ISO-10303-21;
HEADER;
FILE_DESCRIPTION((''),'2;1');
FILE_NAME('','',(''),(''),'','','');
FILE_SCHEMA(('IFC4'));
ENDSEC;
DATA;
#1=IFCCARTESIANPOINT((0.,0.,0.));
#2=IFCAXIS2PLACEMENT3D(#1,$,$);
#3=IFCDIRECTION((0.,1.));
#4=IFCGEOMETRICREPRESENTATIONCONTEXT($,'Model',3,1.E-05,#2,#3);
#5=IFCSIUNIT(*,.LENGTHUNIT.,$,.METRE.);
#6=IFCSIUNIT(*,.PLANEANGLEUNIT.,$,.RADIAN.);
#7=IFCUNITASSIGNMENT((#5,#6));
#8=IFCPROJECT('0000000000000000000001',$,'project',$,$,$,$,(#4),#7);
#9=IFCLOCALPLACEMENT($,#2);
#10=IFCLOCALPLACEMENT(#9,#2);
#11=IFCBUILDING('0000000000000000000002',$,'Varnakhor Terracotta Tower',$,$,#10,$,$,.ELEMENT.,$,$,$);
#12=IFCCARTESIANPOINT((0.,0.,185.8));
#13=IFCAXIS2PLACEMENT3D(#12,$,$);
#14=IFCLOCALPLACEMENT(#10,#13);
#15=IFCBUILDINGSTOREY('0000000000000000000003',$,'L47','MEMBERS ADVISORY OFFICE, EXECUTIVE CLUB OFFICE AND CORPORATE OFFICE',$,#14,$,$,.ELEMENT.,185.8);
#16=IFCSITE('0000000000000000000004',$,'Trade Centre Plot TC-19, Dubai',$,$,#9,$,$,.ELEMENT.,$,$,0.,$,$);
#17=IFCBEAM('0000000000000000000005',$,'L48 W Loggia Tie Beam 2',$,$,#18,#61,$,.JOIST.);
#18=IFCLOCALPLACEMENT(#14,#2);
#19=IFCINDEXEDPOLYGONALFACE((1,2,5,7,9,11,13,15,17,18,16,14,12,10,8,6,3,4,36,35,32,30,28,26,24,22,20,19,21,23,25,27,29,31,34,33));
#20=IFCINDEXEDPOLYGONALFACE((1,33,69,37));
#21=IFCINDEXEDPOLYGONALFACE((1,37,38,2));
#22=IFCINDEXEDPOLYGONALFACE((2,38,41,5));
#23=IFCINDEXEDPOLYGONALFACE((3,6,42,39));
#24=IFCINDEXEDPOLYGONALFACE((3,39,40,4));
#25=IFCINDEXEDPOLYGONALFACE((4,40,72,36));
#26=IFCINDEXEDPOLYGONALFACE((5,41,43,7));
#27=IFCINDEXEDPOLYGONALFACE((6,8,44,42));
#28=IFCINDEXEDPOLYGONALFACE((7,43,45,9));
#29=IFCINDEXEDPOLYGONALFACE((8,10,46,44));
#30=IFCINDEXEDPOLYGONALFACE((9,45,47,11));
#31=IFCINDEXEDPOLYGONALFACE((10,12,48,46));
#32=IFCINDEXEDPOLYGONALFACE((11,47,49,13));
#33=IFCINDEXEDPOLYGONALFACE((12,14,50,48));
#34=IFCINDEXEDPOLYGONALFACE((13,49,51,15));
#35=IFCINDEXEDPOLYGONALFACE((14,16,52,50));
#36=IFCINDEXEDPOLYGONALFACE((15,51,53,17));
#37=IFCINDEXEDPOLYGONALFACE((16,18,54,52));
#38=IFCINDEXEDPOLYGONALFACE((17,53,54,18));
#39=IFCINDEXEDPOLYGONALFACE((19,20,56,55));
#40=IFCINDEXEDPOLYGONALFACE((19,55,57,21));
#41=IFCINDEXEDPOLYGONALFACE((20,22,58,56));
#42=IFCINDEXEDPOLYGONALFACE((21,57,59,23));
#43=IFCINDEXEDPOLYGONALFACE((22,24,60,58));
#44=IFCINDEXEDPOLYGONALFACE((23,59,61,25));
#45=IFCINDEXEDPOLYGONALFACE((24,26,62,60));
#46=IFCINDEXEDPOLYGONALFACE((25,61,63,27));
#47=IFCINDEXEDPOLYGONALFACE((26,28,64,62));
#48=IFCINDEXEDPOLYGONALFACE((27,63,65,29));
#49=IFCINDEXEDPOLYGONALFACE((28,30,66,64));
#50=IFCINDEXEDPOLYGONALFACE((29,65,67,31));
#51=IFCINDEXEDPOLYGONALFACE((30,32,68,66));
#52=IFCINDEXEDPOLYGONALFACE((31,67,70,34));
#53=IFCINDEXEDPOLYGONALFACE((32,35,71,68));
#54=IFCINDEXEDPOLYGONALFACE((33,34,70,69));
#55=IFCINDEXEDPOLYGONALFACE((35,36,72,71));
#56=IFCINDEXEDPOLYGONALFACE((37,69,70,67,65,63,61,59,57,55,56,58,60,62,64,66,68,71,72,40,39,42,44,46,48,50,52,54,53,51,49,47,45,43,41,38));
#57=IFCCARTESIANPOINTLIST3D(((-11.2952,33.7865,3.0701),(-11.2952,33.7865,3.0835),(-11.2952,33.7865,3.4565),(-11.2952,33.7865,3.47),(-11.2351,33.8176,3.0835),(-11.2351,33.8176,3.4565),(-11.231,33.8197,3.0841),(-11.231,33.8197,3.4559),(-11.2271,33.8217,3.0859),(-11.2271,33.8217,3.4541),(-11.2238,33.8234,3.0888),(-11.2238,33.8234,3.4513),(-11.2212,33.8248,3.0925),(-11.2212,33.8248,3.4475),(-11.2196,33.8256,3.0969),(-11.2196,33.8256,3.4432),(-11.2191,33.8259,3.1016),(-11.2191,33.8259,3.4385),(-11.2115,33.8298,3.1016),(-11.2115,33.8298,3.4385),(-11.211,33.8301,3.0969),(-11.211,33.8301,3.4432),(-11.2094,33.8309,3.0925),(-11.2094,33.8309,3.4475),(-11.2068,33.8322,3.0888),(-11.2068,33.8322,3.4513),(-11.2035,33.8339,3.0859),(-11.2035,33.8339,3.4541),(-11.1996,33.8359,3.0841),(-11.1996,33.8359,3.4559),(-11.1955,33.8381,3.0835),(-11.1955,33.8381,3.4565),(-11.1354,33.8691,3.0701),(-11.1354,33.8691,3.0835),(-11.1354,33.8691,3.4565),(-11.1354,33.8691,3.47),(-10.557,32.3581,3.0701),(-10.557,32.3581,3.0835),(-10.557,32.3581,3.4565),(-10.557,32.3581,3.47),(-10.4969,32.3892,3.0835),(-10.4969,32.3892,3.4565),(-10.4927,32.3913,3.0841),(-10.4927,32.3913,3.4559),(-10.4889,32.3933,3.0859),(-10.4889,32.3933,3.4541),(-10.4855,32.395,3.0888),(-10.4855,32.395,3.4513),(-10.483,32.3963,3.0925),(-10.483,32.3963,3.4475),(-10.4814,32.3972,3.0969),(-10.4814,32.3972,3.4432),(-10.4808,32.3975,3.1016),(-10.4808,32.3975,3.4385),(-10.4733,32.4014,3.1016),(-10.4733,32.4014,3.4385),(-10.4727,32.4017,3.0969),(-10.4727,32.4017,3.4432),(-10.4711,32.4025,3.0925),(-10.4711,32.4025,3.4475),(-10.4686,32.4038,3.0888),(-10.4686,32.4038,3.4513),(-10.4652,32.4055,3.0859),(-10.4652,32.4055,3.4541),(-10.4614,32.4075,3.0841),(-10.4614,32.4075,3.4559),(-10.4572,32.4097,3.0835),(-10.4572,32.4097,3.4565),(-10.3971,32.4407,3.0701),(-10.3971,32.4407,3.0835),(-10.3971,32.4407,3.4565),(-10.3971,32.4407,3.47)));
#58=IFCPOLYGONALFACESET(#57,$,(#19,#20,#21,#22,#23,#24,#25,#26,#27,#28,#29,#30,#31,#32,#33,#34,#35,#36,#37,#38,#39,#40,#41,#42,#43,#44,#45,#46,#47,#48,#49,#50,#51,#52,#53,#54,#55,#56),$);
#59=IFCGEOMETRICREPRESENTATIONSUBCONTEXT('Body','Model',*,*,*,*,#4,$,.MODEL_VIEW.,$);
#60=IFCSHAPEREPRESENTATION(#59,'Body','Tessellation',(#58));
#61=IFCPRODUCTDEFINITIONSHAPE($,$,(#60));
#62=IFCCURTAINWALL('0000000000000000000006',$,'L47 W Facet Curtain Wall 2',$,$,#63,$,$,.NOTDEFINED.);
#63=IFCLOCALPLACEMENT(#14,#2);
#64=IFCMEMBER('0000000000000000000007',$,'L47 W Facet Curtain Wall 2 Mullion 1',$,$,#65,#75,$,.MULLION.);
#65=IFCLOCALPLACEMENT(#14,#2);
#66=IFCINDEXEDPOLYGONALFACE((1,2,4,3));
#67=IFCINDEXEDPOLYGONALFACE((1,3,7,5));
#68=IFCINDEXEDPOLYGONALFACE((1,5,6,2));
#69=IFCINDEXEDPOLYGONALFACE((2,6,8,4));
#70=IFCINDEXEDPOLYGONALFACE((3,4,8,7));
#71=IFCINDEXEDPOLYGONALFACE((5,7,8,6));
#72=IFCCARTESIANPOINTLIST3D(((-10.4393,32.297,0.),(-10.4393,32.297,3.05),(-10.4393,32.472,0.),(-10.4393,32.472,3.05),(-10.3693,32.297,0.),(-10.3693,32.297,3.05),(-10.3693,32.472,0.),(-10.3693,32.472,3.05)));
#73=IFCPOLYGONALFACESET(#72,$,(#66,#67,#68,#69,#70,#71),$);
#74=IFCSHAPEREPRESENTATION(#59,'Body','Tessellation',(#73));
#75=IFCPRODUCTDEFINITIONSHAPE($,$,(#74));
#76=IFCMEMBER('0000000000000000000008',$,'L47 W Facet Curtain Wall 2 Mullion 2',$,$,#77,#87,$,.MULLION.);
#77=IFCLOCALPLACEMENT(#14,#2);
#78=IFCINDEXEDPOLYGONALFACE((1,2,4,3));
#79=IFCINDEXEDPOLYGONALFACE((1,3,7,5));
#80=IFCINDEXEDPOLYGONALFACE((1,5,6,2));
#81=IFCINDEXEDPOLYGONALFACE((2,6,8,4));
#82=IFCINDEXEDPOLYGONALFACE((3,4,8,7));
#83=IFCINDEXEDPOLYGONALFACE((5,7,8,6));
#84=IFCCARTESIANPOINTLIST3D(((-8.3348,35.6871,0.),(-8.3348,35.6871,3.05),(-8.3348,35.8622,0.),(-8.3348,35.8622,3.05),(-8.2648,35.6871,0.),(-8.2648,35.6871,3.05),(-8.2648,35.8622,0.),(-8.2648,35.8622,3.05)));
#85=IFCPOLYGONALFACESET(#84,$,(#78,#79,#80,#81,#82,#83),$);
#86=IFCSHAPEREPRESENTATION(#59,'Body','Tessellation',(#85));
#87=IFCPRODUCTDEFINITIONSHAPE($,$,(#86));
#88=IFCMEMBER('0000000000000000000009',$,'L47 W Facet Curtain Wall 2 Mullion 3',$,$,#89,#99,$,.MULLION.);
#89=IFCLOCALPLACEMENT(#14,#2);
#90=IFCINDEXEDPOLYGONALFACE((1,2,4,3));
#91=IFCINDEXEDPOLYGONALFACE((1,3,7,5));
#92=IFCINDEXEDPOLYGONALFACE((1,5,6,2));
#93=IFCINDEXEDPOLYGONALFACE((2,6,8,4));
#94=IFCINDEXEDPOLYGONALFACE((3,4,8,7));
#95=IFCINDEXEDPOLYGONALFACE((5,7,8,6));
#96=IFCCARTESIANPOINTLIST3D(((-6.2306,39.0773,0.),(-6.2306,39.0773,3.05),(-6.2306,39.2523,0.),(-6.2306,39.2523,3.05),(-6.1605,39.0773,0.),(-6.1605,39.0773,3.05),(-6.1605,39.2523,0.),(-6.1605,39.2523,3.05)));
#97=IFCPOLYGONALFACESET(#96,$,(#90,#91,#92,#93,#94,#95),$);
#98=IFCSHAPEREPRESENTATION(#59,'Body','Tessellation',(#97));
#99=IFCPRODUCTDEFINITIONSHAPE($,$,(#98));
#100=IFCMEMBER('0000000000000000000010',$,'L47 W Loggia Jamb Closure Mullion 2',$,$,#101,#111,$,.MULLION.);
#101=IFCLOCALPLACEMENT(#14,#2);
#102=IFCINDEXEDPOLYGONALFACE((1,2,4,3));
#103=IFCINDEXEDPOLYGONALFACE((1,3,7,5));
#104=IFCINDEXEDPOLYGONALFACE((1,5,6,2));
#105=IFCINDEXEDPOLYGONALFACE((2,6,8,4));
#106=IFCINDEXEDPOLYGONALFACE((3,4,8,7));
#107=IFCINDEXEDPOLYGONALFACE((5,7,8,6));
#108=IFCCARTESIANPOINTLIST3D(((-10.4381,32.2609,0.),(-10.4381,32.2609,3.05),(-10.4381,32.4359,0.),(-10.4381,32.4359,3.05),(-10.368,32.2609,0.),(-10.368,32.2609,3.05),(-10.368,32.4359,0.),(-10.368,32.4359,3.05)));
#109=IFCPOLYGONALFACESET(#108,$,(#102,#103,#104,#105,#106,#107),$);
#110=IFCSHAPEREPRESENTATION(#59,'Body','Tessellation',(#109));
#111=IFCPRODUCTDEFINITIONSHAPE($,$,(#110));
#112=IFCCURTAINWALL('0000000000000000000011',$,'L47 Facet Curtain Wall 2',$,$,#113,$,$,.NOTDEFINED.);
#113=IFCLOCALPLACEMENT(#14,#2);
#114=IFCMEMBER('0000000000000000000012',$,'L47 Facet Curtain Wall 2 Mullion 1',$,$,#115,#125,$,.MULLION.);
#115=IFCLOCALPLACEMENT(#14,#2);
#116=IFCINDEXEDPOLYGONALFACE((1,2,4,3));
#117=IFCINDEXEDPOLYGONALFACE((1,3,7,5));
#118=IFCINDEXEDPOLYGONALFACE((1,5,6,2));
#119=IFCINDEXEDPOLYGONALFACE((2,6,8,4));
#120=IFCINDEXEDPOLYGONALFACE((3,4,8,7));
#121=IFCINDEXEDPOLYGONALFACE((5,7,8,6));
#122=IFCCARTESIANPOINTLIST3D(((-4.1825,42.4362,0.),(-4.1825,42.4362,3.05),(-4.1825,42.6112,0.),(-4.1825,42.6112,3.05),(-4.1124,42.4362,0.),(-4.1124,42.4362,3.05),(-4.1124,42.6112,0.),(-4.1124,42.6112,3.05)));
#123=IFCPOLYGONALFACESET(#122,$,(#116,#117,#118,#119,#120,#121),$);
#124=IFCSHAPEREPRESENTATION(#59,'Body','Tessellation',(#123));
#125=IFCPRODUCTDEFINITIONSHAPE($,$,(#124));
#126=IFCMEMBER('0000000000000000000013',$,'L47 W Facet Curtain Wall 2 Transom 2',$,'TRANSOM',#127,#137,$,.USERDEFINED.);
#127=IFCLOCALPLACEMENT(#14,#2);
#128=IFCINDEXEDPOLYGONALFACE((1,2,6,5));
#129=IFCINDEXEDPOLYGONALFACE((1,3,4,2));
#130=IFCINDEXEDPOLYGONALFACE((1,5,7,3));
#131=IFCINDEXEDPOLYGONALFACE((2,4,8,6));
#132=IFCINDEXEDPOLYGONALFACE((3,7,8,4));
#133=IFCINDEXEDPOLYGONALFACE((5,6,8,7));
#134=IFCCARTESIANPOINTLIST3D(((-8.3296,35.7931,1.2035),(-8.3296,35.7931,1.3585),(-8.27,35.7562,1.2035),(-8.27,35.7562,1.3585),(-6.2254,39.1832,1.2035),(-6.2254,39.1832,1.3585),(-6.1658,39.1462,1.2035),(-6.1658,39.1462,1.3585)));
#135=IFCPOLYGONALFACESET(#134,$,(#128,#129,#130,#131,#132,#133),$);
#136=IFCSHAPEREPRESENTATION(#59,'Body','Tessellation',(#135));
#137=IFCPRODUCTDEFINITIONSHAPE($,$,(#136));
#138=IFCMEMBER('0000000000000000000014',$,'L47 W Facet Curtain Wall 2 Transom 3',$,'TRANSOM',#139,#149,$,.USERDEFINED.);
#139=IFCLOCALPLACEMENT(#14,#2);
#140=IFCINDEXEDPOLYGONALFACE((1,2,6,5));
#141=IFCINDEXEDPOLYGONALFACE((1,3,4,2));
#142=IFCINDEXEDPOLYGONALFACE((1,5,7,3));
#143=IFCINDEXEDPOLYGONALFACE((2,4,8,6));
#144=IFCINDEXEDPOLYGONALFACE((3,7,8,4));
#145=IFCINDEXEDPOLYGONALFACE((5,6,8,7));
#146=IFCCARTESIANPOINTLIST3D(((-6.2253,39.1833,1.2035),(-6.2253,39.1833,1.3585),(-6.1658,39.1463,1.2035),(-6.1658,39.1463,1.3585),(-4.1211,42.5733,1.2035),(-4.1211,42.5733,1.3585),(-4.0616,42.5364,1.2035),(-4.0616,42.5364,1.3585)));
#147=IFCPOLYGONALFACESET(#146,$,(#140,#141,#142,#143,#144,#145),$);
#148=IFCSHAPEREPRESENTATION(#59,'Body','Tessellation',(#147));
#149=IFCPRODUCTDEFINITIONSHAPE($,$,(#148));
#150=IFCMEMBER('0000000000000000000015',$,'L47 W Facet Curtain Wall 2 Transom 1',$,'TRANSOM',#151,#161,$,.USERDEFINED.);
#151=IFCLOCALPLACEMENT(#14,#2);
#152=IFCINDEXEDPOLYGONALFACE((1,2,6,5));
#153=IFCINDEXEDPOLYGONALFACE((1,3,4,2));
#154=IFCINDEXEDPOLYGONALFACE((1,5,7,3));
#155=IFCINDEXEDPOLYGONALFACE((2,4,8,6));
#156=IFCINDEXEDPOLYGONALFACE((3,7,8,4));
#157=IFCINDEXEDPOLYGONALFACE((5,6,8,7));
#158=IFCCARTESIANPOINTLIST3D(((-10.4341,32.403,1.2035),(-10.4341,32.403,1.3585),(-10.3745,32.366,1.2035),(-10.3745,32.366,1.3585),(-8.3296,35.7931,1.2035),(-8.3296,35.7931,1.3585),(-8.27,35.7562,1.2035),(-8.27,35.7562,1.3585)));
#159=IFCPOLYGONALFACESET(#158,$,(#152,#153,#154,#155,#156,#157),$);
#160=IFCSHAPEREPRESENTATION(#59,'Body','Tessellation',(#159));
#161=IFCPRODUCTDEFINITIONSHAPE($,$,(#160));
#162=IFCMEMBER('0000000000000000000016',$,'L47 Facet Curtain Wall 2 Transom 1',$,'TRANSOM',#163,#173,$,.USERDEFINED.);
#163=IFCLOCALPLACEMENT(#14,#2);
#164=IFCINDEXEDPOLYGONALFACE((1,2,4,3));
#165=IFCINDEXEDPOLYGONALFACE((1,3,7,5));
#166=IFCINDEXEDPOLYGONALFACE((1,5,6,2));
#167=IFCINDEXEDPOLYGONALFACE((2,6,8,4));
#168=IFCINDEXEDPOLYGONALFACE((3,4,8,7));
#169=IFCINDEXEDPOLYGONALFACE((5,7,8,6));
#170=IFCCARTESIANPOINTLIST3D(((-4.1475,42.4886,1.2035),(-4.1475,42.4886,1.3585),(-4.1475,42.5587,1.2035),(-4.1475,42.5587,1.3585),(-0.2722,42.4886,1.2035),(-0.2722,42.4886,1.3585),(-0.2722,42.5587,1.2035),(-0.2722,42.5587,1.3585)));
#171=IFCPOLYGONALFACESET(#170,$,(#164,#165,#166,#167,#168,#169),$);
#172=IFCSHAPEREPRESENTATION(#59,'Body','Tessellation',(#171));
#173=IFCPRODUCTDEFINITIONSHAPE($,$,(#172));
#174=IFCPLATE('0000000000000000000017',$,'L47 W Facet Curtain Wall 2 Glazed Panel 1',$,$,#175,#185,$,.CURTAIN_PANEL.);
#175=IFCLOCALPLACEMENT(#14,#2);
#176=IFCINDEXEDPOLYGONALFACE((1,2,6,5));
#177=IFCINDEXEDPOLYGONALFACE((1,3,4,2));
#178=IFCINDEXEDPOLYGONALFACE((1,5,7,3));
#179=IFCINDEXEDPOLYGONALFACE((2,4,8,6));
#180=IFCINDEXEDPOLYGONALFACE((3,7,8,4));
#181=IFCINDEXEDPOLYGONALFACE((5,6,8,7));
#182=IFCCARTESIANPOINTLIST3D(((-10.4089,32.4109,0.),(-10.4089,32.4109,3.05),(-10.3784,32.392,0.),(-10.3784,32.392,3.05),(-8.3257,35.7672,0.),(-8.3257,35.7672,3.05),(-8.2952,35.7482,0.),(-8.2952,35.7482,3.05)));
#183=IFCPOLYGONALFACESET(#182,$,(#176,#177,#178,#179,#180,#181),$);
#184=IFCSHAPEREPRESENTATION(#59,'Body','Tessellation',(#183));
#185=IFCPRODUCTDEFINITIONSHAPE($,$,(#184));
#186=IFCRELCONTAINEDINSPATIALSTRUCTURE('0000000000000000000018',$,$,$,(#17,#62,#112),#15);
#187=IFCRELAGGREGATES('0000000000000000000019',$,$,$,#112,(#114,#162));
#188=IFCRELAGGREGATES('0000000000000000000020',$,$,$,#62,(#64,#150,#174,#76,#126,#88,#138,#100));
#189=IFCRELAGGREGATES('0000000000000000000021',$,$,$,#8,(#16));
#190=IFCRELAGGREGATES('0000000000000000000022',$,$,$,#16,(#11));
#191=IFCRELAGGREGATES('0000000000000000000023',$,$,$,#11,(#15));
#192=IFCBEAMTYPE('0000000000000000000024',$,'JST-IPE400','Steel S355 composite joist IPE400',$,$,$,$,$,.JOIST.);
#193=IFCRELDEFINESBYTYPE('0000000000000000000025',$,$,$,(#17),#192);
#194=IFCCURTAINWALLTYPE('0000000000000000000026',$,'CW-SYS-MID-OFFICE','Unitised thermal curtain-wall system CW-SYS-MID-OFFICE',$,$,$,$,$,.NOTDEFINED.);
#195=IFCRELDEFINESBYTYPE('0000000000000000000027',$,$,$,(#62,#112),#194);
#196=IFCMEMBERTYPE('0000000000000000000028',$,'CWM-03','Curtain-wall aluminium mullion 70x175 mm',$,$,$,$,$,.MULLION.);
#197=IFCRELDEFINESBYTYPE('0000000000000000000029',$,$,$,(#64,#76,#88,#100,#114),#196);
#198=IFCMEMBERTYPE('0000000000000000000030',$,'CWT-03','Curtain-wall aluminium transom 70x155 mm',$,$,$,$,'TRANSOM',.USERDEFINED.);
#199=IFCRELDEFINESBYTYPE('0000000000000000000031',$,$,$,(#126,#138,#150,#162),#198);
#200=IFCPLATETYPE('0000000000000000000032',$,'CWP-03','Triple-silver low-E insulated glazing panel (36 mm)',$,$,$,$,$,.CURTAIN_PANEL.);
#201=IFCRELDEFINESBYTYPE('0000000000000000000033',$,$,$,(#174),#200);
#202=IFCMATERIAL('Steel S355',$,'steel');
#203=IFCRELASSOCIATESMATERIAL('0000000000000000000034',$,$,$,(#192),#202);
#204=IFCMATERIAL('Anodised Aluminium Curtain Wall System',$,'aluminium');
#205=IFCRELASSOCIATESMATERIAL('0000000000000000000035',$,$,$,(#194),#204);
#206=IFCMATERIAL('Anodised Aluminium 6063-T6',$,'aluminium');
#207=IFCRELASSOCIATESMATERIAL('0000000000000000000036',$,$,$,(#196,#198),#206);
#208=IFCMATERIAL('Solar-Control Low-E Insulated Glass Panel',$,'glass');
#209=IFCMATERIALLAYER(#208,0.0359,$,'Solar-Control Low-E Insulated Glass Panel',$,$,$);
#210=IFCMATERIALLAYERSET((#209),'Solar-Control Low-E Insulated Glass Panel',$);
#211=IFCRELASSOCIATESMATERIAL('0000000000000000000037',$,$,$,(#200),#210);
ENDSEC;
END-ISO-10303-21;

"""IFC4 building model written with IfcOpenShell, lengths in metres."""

from ifc_helpers import new_model, si_unit, direction, frame, origin, origin_2d, place, context, subcontext, project, spatial, rectangle, i_section, extrude, source, transform, mapped, material, layer, layer_set, material_profile, profile_set, type_object, element, aggregate, save


model = new_model("IFC4")

# Units and contexts
model_context = context("Model", 3, precision=1e-05, world=origin(), true_north=direction((0.0, 1.0)))
body_context = subcontext(model_context, "Body", "Model", "MODEL_VIEW")
ifc_project = project(units=[si_unit("LENGTHUNIT", "METRE"), si_unit("PLANEANGLEUNIT", "RADIAN")], contexts=[model_context])

# Site, building, storey
site_placement = place(None, origin())
site = spatial("IfcSite", under=ifc_project, at=site_placement, Name="Trade Centre Plot TC-19, Dubai", CompositionType="ELEMENT", RefElevation=0.0)
building_placement = place(site_placement, origin())
building = spatial("IfcBuilding", under=site, at=building_placement, Name="Varnakhor Terracotta Tower", CompositionType="ELEMENT")
storey_placement = place(building_placement, frame((0.0, 0.0, 185.8)))
storey = spatial("IfcBuildingStorey", under=building, at=storey_placement, Name="L47", Description="MEMBERS ADVISORY OFFICE, EXECUTIVE CLUB OFFICE AND CORPORATE OFFICE", CompositionType="ELEMENT", Elevation=185.8)

# Beam
ifc_material_1 = material(Name="Steel S355", Category="steel")
ifc_material_profile_1 = material_profile(ifc_material_1, i_section(OverallWidth=0.1799, OverallDepth=0.3999, WebThickness=0.0085, FlangeThickness=0.0134, FilletRadius=0.0181, at=origin_2d()), Name="IPE400")
ifc_profile_set_1 = profile_set([ifc_material_profile_1], Name="Steel S355")
beam_type_1 = type_object("IfcBeamType", Name="JST-IPE400", Description="Steel S355 composite joist IPE400", PredefinedType="JOIST", material=ifc_profile_set_1)
shared_shape_1 = source(origin(), body_context, "Body", "SweptSolid", [
    extrude(i_section(OverallWidth=0.1799, OverallDepth=0.3999, WebThickness=0.0085, FlangeThickness=0.0134, FilletRadius=0.0181, at=origin_2d()), origin(), (0.0, 0.0, 1.0), 1.6079),
])
beam_1_placement = place(storey_placement, frame((-10.4771, 32.3994, 3.27), z_axis=(-0.459138, 0.888365, 0.0), x_axis=(-0.888365, -0.459138, 0.0)))
element("IfcBeam", 1, at=beam_1_placement, inside=storey, type_object=beam_type_1, Name="L48 W Loggia Tie Beam 2", PredefinedType="JOIST", context=body_context, shape_type="MappedRepresentation", body=[
    mapped(shared_shape_1, transform((0.0, 0.0, 0.0), scale=1.0)),
])

# Curtain wall, members
ifc_material_2 = material(Name="Anodised Aluminium Curtain Wall System", Category="aluminium")
curtain_wall_type = type_object("IfcCurtainWallType", Name="CW-SYS-MID-OFFICE", Description="Unitised thermal curtain-wall system CW-SYS-MID-OFFICE", PredefinedType="NOTDEFINED", material=ifc_material_2)
curtain_wall_1_placement = place(storey_placement, origin())
curtain_wall_1 = element("IfcCurtainWall", 2, at=curtain_wall_1_placement, inside=storey, type_object=curtain_wall_type, Name="L47 W Facet Curtain Wall 2", PredefinedType="NOTDEFINED")
ifc_material_3 = material(Name="Anodised Aluminium 6063-T6", Category="aluminium")
ifc_material_profile_2 = material_profile(ifc_material_3, rectangle(XDim=0.0701, YDim=0.175, at=origin_2d()), Name="ALU MULLION 70x175")
ifc_profile_set_2 = profile_set([ifc_material_profile_2], Name="Anodised Aluminium 6063-T6")
member_type_1 = type_object("IfcMemberType", Name="CWM-03", Description="Curtain-wall aluminium mullion 70x175 mm", PredefinedType="MULLION", material=ifc_profile_set_2)
shared_shape_2 = source(origin(), body_context, "Body", "SweptSolid", [
    extrude(rectangle(XDim=0.0701, YDim=0.175, at=origin_2d()), origin(), (0.0, 0.0, 1.0), 3.05),
])
member_1_placement = place(storey_placement, frame((-10.4043, 32.3845, 0.0), z_axis=(0.0, 0.0, 1.0), x_axis=(1.0, 0.0, 0.0)))
member_1 = element("IfcMember", 3, at=member_1_placement, type_object=member_type_1, Name="L47 W Facet Curtain Wall 2 Mullion 1", PredefinedType="MULLION", context=body_context, shape_type="MappedRepresentation", body=[
    mapped(shared_shape_2, transform((0.0, 0.0, 0.0), scale=1.0)),
])
member_2_placement = place(storey_placement, frame((-8.2998, 35.7747, 0.0), z_axis=(0.0, 0.0, 1.0), x_axis=(1.0, 0.0, 0.0)))
member_2 = element("IfcMember", 4, at=member_2_placement, type_object=member_type_1, Name="L47 W Facet Curtain Wall 2 Mullion 2", PredefinedType="MULLION", context=body_context, shape_type="MappedRepresentation", body=[
    mapped(shared_shape_2, transform((0.0, 0.0, 0.0), scale=1.0)),
])
member_3_placement = place(storey_placement, frame((-6.1956, 39.1648, 0.0), z_axis=(0.0, 0.0, 1.0), x_axis=(1.0, 0.0, 0.0)))
member_3 = element("IfcMember", 5, at=member_3_placement, type_object=member_type_1, Name="L47 W Facet Curtain Wall 2 Mullion 3", PredefinedType="MULLION", context=body_context, shape_type="MappedRepresentation", body=[
    mapped(shared_shape_2, transform((0.0, 0.0, 0.0), scale=1.0)),
])
member_4_placement = place(storey_placement, frame((-10.4031, 32.3484, 0.0), z_axis=(0.0, 0.0, 1.0), x_axis=(1.0, 0.0, 0.0)))
member_4 = element("IfcMember", 6, at=member_4_placement, type_object=member_type_1, Name="L47 W Loggia Jamb Closure Mullion 2", PredefinedType="MULLION", context=body_context, shape_type="MappedRepresentation", body=[
    mapped(shared_shape_2, transform((0.0, 0.0, 0.0), scale=1.0)),
])

# Curtain wall, member
curtain_wall_2_placement = place(storey_placement, origin())
curtain_wall_2 = element("IfcCurtainWall", 7, at=curtain_wall_2_placement, inside=storey, type_object=curtain_wall_type, Name="L47 Facet Curtain Wall 2", PredefinedType="NOTDEFINED")
member_5_placement = place(storey_placement, frame((-4.1475, 42.5237, 0.0), z_axis=(0.0, 0.0, 1.0), x_axis=(1.0, 0.0, 0.0)))
member_5 = element("IfcMember", 8, at=member_5_placement, type_object=member_type_1, Name="L47 Facet Curtain Wall 2 Mullion 1", PredefinedType="MULLION", context=body_context, shape_type="MappedRepresentation", body=[
    mapped(shared_shape_2, transform((0.0, 0.0, 0.0), scale=1.0)),
])

# Members
ifc_material_profile_3 = material_profile(ifc_material_3, rectangle(XDim=0.0701, YDim=0.155, at=origin_2d()), Name="ALU TRANSOM 70x155")
ifc_profile_set_3 = profile_set([ifc_material_profile_3], Name="Anodised Aluminium 6063-T6")
member_type_2 = type_object("IfcMemberType", Name="CWT-03", Description="Curtain-wall aluminium transom 70x155 mm", ElementType="TRANSOM", PredefinedType="USERDEFINED", material=ifc_profile_set_3)
shared_shape_3 = source(origin(), body_context, "Body", "SweptSolid", [
    extrude(rectangle(XDim=0.0701, YDim=0.155, at=origin_2d()), origin(), (0.0, 0.0, 1.0), 3.99),
])
member_6_placement = place(storey_placement, frame((-8.2998, 35.7747, 1.281), z_axis=(0.527367, 0.849637, 0.0), x_axis=(-0.849637, 0.527367, 0.0)))
member_6 = element("IfcMember", 9, at=member_6_placement, type_object=member_type_2, Name="L47 W Facet Curtain Wall 2 Transom 2", ObjectType="TRANSOM", PredefinedType="USERDEFINED", context=body_context, shape_type="MappedRepresentation", body=[
    mapped(shared_shape_3, transform((0.0, 0.0, 0.0), scale=1.0)),
])
member_7_placement = place(storey_placement, frame((-6.1956, 39.1648, 1.281), z_axis=(0.527367, 0.849637, 0.0), x_axis=(-0.849637, 0.527367, 0.0)))
member_7 = element("IfcMember", 10, at=member_7_placement, type_object=member_type_2, Name="L47 W Facet Curtain Wall 2 Transom 3", ObjectType="TRANSOM", PredefinedType="USERDEFINED", context=body_context, shape_type="MappedRepresentation", body=[
    mapped(shared_shape_3, transform((0.0, 0.0, 0.0), scale=1.0)),
])
shared_shape_4 = source(origin(), body_context, "Body", "SweptSolid", [
    extrude(rectangle(XDim=0.0701, YDim=0.155, at=origin_2d()), origin(), (0.0, 0.0, 1.0), 3.9902),
])
member_8_placement = place(storey_placement, frame((-10.4043, 32.3845, 1.281), z_axis=(0.527412, 0.84961, 0.0), x_axis=(-0.84961, 0.527412, 0.0)))
member_8 = element("IfcMember", 11, at=member_8_placement, type_object=member_type_2, Name="L47 W Facet Curtain Wall 2 Transom 1", ObjectType="TRANSOM", PredefinedType="USERDEFINED", context=body_context, shape_type="MappedRepresentation", body=[
    mapped(shared_shape_4, transform((0.0, 0.0, 0.0), scale=1.0)),
])
shared_shape_5 = source(origin(), body_context, "Body", "SweptSolid", [
    extrude(rectangle(XDim=0.0701, YDim=0.155, at=origin_2d()), origin(), (0.0, 0.0, 1.0), 3.8752),
])
member_9_placement = place(storey_placement, frame((-4.1475, 42.5237, 1.281), z_axis=(1.0, 0.0, 0.0), x_axis=(0.0, 1.0, 0.0)))
member_9 = element("IfcMember", 12, at=member_9_placement, type_object=member_type_2, Name="L47 Facet Curtain Wall 2 Transom 1", ObjectType="TRANSOM", PredefinedType="USERDEFINED", context=body_context, shape_type="MappedRepresentation", body=[
    mapped(shared_shape_5, transform((0.0, 0.0, 0.0), scale=1.0)),
])
aggregate(curtain_wall_2, [member_5, member_9])

# Plate
ifc_material_4 = material(Name="Solar-Control Low-E Insulated Glass Panel", Category="glass")
ifc_layer_1 = layer(ifc_material_4, 0.0359, Name="Solar-Control Low-E Insulated Glass Panel")
ifc_layer_set_1 = layer_set([ifc_layer_1], Name="Solar-Control Low-E Insulated Glass Panel")
plate_type = type_object("IfcPlateType", Name="CWP-03", Description="Triple-silver low-E insulated glazing panel (36 mm)", PredefinedType="CURTAIN_PANEL", material=ifc_layer_set_1)
shared_shape_6 = source(origin(), body_context, "Body", "SweptSolid", [
    extrude(rectangle(XDim=3.9502, YDim=0.0359, at=origin_2d()), origin(), (0.0, 0.0, 1.0), 3.05),
])
plate_1_placement = place(storey_placement, frame((-9.3521, 34.0796, 0.0), z_axis=(0.0, 0.0, 1.0), x_axis=(0.527371, 0.849635, 0.0)))
plate_1 = element("IfcPlate", 13, at=plate_1_placement, type_object=plate_type, Name="L47 W Facet Curtain Wall 2 Glazed Panel 1", PredefinedType="CURTAIN_PANEL", context=body_context, shape_type="MappedRepresentation", body=[
    mapped(shared_shape_6, transform((0.0, 0.0, 0.0), scale=1.0)),
])
aggregate(curtain_wall_1, [member_1, member_8, plate_1, member_2, member_6, member_3, member_7, member_4])

save(model, "model.ifc")
